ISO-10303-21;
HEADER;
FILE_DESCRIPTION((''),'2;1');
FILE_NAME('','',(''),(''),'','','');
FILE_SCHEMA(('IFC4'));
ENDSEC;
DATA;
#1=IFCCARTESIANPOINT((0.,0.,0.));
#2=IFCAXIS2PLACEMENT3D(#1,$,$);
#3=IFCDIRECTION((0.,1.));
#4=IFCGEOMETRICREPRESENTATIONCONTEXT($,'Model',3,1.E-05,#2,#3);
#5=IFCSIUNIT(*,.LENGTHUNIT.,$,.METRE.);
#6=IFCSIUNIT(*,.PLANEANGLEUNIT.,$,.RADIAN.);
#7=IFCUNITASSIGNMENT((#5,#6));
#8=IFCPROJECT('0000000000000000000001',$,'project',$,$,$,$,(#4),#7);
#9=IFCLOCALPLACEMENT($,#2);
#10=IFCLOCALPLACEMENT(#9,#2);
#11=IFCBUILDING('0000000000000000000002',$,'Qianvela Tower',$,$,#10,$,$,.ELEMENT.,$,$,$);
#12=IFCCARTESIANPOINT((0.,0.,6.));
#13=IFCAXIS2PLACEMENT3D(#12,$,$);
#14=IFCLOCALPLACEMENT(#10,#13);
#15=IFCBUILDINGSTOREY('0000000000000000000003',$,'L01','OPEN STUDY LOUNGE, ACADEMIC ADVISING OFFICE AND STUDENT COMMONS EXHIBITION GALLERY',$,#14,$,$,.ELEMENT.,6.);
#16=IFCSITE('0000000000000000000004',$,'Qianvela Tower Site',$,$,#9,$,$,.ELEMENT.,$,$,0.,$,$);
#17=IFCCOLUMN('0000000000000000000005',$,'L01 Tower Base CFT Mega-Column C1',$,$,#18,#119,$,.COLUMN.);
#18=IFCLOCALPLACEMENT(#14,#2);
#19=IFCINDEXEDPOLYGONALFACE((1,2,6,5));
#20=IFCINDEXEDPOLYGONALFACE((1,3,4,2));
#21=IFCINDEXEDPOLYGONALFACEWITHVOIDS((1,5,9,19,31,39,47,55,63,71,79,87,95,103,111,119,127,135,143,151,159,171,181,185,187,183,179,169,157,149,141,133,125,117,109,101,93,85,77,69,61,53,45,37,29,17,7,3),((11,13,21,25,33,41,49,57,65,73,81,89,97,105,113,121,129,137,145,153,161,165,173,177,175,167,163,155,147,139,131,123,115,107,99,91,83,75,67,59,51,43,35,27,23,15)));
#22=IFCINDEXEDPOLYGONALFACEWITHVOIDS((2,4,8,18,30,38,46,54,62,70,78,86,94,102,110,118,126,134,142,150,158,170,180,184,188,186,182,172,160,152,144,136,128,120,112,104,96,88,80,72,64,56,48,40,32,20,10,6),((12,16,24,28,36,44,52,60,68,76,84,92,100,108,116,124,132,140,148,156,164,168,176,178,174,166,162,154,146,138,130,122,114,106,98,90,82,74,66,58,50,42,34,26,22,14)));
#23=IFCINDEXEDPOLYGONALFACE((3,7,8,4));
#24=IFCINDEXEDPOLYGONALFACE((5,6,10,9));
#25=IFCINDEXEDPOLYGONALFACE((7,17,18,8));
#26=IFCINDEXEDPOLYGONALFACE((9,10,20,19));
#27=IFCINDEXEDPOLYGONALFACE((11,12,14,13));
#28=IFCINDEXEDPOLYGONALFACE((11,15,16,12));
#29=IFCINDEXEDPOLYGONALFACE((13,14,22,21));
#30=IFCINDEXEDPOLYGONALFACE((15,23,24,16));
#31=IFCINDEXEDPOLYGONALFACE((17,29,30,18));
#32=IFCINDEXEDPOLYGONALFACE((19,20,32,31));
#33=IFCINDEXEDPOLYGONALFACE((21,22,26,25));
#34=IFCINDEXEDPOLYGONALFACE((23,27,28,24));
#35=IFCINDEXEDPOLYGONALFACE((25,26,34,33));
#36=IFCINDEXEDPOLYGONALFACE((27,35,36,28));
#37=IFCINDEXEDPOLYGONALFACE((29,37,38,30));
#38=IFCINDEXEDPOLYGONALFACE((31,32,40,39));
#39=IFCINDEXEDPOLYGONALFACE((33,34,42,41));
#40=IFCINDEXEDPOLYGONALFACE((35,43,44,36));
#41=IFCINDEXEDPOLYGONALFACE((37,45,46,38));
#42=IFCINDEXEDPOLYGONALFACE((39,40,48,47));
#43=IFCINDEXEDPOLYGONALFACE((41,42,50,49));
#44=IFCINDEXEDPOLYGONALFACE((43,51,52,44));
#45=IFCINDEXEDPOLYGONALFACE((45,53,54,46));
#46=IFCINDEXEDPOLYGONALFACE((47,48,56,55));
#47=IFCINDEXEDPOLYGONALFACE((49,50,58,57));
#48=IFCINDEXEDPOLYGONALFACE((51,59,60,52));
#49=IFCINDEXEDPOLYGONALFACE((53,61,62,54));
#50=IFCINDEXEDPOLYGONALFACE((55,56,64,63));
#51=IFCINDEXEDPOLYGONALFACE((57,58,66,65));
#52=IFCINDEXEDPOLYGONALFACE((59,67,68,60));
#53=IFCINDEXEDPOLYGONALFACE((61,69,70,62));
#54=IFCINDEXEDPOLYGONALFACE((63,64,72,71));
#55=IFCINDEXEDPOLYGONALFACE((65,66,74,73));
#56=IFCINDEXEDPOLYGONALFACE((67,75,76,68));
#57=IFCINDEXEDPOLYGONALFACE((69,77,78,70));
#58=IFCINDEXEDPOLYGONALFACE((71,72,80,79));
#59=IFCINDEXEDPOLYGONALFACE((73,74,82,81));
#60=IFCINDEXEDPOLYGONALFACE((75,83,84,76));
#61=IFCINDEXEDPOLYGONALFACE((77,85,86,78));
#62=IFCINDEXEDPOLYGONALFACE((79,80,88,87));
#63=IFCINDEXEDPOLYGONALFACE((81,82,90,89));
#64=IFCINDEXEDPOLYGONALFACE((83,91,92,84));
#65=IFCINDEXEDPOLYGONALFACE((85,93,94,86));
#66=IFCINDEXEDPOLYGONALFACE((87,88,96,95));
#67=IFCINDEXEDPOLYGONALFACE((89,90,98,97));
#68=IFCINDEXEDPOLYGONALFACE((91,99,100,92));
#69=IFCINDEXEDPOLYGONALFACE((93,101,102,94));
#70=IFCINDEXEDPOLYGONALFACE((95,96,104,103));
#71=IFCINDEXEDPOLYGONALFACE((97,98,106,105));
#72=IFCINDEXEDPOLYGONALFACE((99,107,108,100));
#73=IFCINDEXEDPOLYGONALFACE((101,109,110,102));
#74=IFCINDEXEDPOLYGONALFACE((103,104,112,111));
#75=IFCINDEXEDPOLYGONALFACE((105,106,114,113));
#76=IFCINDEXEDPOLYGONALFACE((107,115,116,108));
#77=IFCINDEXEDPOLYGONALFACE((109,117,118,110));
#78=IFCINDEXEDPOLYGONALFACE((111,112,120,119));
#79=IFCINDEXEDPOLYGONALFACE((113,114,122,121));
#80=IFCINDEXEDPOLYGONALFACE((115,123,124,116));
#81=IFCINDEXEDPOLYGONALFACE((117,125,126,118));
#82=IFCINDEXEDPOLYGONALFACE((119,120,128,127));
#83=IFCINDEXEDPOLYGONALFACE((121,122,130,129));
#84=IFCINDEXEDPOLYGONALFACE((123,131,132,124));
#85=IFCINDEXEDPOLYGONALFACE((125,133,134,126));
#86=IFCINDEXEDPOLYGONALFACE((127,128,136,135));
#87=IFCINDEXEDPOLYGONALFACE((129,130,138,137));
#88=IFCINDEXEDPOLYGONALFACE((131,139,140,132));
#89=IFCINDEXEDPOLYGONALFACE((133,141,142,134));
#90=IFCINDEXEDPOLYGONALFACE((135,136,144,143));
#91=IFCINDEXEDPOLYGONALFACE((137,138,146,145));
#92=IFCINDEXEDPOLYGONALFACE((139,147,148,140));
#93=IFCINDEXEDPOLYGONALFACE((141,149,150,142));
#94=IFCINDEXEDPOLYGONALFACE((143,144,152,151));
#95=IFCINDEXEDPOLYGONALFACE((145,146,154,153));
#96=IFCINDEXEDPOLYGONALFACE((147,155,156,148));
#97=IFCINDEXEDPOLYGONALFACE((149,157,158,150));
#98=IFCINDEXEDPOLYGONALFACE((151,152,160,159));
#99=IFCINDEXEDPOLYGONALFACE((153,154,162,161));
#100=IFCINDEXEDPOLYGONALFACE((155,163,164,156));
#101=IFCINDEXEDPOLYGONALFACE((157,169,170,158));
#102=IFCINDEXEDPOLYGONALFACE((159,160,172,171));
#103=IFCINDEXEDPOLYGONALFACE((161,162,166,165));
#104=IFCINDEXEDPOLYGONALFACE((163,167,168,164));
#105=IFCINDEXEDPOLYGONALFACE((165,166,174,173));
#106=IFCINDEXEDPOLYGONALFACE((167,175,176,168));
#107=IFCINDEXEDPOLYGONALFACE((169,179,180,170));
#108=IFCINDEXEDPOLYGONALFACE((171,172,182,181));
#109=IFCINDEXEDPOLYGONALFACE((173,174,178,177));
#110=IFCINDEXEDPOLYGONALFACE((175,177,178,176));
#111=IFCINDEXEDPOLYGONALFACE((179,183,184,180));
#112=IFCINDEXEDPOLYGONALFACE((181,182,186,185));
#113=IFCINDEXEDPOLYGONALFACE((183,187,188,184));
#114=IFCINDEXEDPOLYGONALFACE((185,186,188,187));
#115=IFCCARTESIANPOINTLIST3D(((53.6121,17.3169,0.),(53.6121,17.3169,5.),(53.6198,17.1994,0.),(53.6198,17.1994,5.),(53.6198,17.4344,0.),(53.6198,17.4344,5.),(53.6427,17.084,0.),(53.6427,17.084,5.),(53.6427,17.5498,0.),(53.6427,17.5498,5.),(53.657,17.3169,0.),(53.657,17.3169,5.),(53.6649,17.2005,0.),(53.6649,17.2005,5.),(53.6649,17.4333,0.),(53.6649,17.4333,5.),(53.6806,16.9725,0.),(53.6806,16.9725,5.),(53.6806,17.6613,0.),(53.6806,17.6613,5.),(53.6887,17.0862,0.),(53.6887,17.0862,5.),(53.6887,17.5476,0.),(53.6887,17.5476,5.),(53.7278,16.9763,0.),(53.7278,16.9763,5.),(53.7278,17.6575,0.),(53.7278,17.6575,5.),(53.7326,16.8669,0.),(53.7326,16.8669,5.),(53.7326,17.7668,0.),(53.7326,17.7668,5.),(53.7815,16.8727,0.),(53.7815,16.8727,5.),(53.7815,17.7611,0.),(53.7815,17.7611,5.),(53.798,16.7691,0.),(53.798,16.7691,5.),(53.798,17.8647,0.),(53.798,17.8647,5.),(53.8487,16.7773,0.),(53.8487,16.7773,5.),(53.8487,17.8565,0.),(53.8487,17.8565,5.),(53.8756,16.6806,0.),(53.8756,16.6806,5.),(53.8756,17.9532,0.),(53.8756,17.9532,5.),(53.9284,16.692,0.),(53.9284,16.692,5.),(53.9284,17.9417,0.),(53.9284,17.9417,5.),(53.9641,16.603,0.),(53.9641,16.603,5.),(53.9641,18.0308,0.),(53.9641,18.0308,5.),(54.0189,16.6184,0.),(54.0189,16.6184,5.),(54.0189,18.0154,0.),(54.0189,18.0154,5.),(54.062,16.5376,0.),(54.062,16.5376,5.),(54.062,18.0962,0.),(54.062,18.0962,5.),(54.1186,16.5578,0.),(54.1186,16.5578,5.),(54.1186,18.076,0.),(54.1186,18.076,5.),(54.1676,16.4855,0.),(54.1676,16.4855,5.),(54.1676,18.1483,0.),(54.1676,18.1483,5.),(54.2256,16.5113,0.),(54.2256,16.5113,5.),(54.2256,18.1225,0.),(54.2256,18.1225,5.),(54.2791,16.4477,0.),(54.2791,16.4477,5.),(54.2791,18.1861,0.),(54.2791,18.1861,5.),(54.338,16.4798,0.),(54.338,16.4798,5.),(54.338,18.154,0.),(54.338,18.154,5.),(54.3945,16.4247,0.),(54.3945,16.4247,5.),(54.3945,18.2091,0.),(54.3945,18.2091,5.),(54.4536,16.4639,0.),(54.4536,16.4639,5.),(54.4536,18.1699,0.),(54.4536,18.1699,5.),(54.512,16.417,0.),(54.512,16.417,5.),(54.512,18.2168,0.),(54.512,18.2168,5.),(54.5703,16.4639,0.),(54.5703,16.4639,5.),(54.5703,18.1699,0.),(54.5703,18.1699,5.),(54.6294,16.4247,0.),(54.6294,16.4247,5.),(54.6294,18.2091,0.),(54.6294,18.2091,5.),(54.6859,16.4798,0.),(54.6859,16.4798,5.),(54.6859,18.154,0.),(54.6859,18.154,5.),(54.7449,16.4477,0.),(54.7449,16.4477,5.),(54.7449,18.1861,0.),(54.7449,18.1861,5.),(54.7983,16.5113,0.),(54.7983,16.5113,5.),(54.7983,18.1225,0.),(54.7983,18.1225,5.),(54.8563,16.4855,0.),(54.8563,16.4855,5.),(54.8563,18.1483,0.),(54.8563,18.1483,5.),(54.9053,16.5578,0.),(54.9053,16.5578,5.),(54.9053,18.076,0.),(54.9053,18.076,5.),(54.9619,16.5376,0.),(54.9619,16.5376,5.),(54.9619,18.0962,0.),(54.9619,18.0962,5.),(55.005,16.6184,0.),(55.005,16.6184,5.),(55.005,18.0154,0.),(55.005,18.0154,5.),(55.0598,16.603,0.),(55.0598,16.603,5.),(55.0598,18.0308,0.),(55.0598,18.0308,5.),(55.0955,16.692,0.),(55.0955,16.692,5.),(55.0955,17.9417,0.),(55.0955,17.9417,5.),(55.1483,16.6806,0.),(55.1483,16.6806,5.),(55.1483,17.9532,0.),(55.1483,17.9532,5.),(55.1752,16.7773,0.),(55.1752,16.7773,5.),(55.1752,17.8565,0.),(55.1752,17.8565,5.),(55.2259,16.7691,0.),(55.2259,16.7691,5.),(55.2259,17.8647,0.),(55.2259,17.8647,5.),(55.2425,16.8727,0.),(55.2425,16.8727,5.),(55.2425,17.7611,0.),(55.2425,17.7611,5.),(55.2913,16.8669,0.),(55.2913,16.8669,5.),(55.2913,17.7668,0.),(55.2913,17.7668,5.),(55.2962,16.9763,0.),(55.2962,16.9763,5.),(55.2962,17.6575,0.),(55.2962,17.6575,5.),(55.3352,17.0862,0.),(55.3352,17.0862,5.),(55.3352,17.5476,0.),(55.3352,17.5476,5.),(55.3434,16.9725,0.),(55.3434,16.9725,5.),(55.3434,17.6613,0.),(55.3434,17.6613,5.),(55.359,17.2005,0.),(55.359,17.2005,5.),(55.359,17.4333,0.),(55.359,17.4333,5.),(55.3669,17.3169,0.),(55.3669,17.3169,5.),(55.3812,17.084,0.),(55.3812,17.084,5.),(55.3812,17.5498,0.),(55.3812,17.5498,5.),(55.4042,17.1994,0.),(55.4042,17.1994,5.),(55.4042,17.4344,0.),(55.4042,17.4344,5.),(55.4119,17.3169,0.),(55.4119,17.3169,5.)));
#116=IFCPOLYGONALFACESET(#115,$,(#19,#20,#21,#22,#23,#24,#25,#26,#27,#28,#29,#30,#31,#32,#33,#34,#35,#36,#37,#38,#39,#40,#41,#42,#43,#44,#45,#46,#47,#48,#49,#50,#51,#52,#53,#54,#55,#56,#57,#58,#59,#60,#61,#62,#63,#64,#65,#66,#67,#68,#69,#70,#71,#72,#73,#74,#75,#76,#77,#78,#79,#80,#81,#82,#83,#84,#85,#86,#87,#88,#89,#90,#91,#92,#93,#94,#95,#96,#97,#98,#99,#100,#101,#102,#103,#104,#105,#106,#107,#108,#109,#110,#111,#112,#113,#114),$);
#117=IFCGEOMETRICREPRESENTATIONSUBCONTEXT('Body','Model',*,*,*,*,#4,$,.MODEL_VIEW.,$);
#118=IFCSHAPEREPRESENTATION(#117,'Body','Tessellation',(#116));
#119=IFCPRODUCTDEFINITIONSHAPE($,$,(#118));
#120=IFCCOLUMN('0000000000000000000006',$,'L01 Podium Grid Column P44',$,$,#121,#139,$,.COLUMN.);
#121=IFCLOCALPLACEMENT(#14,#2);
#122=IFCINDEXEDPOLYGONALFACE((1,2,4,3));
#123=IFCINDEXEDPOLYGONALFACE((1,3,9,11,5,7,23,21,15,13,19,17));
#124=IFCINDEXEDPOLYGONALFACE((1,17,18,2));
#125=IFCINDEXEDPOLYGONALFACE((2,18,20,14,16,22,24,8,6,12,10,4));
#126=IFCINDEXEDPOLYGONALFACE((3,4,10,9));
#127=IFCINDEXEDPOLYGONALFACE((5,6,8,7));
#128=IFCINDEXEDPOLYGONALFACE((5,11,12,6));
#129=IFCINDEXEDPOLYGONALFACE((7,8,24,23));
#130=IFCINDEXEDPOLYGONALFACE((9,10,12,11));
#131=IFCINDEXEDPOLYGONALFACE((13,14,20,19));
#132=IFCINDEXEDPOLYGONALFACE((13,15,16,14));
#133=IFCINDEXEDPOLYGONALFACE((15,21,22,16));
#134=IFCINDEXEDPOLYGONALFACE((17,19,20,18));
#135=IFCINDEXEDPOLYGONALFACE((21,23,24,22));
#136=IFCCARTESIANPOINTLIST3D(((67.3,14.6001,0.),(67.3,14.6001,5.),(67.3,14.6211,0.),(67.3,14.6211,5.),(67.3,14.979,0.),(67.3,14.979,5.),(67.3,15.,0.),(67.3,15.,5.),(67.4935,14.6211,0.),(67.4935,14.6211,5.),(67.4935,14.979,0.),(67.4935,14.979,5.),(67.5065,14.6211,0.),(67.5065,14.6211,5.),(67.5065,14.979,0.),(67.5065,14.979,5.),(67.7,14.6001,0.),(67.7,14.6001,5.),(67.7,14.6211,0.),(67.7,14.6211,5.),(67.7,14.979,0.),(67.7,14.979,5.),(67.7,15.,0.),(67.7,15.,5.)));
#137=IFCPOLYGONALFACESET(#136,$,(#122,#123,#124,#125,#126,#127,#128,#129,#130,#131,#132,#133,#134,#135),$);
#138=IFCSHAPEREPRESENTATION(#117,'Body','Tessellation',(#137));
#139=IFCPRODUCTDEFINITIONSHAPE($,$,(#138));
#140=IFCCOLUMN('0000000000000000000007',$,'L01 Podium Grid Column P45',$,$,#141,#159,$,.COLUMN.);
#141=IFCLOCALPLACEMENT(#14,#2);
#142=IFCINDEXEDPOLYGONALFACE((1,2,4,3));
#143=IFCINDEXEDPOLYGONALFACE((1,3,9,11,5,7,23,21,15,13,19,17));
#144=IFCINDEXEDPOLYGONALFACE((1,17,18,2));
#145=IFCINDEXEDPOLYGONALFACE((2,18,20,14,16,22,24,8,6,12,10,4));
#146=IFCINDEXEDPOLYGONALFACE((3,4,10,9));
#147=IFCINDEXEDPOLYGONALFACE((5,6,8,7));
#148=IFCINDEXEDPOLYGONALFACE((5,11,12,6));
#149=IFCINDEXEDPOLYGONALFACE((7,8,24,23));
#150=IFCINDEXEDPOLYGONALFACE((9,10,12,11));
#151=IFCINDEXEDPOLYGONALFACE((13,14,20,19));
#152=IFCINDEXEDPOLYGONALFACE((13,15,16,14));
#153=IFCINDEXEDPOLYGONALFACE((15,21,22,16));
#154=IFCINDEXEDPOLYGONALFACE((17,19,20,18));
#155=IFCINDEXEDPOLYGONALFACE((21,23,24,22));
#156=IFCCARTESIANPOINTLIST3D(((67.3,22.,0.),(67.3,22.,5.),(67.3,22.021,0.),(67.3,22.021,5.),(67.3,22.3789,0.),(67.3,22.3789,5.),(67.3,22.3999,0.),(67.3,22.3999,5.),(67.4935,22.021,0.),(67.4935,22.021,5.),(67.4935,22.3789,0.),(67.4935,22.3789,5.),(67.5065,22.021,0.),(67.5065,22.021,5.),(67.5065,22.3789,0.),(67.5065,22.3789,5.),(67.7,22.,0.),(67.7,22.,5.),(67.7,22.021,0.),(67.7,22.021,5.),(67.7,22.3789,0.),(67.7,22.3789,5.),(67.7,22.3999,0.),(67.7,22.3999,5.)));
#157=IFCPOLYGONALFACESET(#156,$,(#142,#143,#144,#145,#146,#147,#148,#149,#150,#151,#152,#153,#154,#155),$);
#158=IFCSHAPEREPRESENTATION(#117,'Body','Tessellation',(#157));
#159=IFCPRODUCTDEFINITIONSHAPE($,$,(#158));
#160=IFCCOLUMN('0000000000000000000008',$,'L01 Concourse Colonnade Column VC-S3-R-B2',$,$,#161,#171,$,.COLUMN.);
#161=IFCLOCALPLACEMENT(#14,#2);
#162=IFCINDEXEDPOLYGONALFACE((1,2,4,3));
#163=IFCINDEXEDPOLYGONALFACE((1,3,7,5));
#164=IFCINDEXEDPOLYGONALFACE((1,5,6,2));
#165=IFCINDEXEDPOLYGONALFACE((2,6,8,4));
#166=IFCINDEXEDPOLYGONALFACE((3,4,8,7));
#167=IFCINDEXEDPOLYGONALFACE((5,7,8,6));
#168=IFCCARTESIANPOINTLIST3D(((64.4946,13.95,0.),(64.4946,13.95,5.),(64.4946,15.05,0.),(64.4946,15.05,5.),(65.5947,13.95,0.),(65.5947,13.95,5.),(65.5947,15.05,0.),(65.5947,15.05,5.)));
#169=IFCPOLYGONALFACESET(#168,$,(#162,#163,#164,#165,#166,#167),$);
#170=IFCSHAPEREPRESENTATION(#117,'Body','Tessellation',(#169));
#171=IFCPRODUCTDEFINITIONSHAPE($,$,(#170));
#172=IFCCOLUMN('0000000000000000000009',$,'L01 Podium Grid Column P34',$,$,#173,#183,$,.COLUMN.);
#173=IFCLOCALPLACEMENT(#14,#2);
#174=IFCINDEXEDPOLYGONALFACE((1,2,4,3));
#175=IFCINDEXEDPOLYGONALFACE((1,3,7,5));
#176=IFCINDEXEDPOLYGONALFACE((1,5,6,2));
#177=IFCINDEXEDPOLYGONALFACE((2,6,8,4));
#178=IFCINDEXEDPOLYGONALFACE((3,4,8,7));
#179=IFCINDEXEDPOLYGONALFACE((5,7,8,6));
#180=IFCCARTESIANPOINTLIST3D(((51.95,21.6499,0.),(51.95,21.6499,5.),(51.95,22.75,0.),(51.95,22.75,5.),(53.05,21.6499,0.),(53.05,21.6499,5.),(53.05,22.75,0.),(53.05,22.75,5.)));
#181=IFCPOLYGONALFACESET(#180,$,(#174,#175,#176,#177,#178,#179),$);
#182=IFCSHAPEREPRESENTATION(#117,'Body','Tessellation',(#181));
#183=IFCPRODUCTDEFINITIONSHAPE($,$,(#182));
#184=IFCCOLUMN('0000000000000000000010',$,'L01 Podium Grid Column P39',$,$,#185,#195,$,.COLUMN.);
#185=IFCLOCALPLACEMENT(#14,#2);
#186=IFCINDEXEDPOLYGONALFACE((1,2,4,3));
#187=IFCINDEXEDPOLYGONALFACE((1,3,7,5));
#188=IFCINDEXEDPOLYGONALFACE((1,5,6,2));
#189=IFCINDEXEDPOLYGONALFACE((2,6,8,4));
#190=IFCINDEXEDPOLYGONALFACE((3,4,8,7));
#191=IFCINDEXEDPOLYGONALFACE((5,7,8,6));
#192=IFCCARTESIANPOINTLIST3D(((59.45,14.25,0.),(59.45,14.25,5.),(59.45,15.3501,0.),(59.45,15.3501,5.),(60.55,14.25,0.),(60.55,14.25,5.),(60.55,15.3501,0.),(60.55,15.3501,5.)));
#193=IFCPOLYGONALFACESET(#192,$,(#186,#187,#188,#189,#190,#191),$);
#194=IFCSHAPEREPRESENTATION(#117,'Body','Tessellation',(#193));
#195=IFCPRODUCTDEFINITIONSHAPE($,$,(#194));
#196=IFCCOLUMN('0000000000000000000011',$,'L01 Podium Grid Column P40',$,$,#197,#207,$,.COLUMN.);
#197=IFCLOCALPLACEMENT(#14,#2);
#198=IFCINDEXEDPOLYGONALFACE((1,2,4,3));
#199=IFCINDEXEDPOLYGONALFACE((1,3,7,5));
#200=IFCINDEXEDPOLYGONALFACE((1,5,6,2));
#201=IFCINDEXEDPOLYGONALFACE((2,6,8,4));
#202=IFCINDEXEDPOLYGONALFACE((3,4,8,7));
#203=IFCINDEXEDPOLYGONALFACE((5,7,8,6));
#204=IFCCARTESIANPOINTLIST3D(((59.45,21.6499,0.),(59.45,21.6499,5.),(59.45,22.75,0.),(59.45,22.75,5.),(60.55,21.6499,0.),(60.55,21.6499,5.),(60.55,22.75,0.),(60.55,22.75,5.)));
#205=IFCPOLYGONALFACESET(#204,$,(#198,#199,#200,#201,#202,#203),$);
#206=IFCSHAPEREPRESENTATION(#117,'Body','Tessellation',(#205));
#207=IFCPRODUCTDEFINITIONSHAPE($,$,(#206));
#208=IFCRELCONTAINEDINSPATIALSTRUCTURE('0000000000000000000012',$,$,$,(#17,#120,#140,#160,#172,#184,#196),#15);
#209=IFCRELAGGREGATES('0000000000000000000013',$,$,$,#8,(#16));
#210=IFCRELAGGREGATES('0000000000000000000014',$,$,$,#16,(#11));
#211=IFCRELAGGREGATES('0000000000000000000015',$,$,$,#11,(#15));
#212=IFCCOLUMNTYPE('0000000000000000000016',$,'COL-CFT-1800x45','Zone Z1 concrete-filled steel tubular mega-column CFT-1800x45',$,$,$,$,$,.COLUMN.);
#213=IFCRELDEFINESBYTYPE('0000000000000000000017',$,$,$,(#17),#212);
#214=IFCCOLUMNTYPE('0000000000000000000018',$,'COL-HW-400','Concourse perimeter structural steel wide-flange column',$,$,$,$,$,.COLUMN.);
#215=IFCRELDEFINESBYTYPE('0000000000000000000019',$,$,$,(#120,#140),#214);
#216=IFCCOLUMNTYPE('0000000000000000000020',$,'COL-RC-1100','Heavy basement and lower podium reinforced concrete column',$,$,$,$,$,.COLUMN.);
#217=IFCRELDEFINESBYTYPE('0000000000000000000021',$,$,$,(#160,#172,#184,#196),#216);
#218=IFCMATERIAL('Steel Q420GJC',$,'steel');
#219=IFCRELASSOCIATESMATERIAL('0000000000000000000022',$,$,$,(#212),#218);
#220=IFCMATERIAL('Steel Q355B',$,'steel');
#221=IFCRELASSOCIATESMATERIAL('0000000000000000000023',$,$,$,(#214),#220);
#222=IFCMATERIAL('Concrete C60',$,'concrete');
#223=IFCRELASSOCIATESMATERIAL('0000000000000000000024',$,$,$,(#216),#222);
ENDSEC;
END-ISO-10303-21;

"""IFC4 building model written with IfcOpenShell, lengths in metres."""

from ifc_helpers import new_model, si_unit, direction, frame, origin, origin_2d, place, context, subcontext, project, spatial, rectangle, hollow_circle, i_section, extrude, material, material_profile, profile_set, type_object, element, save


model = new_model("IFC4")

# Units and contexts
model_context = context("Model", 3, precision=1e-05, world=origin(), true_north=direction((0.0, 1.0)))
body_context = subcontext(model_context, "Body", "Model", "MODEL_VIEW")
ifc_project = project(units=[si_unit("LENGTHUNIT", "METRE"), si_unit("PLANEANGLEUNIT", "RADIAN")], contexts=[model_context])

# Site, building, storey
site_placement = place(None, origin())
site = spatial("IfcSite", under=ifc_project, at=site_placement, Name="Qianvela Tower Site", CompositionType="ELEMENT", RefElevation=0.0)
building_placement = place(site_placement, origin())
building = spatial("IfcBuilding", under=site, at=building_placement, Name="Qianvela Tower", CompositionType="ELEMENT")
storey_placement = place(building_placement, frame((0.0, 0.0, 6.0)))
storey = spatial("IfcBuildingStorey", under=building, at=storey_placement, Name="L01", Description="OPEN STUDY LOUNGE, ACADEMIC ADVISING OFFICE AND STUDENT COMMONS EXHIBITION GALLERY", CompositionType="ELEMENT", Elevation=6.0)

# Columns
ifc_material_1 = material(Name="Steel Q420GJC", Category="steel")
ifc_material_profile_1 = material_profile(ifc_material_1, hollow_circle(Radius=0.8999, WallThickness=0.0449, at=origin_2d()), Name="CFT-1800x45")
ifc_profile_set_1 = profile_set([ifc_material_profile_1], Name="Steel Q420GJC")
column_type_1 = type_object("IfcColumnType", Name="COL-CFT-1800x45", Description="Zone Z1 concrete-filled steel tubular mega-column CFT-1800x45", PredefinedType="COLUMN", material=ifc_profile_set_1)
column_placement = place(storey_placement, frame((54.512, 17.3169, 0.0), z_axis=(0.0, 0.0, 1.0), x_axis=(1.0, 0.0, 0.0)))
element("IfcColumn", 1, at=column_placement, inside=storey, type_object=column_type_1, Name="L01 Tower Base CFT Mega-Column C1", PredefinedType="COLUMN", context=body_context, shape_type="SweptSolid", body=[
    extrude(hollow_circle(Radius=0.8999, WallThickness=0.0449, at=origin_2d()), origin(), (0.0, 0.0, 1.0), 5.0),
])
ifc_material_2 = material(Name="Steel Q355B", Category="steel")
ifc_material_profile_2 = material_profile(ifc_material_2, i_section(OverallWidth=0.3999, OverallDepth=0.3999, WebThickness=0.0129, FlangeThickness=0.021, at=origin_2d()), Name="HW400x400x13x21")
ifc_profile_set_2 = profile_set([ifc_material_profile_2], Name="Steel Q355B")
column_type_2 = type_object("IfcColumnType", Name="COL-HW-400", Description="Concourse perimeter structural steel wide-flange column", PredefinedType="COLUMN", material=ifc_profile_set_2)
for number, where, z_axis, x_axis, name in (
    (2, (67.5, 14.8, 0.0), (0.0, 0.0, 1.0), (1.0, 0.0, 0.0), "L01 Podium Grid Column P44"),
    (3, (67.5, 22.2, 0.0), (0.0, 0.0, 1.0), (1.0, 0.0, 0.0), "L01 Podium Grid Column P45"),
):
    element("IfcColumn", number, at=place(storey_placement, frame(where, z_axis=z_axis, x_axis=x_axis)), inside=storey, type_object=column_type_2, Name=name, PredefinedType="COLUMN", context=body_context, shape_type="SweptSolid", body=[
        extrude(i_section(OverallWidth=0.3999, OverallDepth=0.3999, WebThickness=0.0129, FlangeThickness=0.021, at=origin_2d()), origin(), (0.0, 0.0, 1.0), 5.0),
    ])
ifc_material_3 = material(Name="Concrete C60", Category="concrete")
ifc_material_profile_3 = material_profile(ifc_material_3, rectangle(XDim=1.1001, YDim=1.1001, at=origin_2d()), Name="RC-COL-1100x1100")
ifc_profile_set_3 = profile_set([ifc_material_profile_3], Name="Concrete C60")
column_type_3 = type_object("IfcColumnType", Name="COL-RC-1100", Description="Heavy basement and lower podium reinforced concrete column", PredefinedType="COLUMN", material=ifc_profile_set_3)
for number, where, z_axis, x_axis, name in (
    (4, (65.0447, 14.5, 0.0), (0.0, 0.0, 1.0), (1.0, 0.0, 0.0), "L01 Concourse Colonnade Column VC-S3-R-B2"),
    (5, (52.5, 22.2, 0.0), (0.0, 0.0, 1.0), (1.0, 0.0, 0.0), "L01 Podium Grid Column P34"),
    (6, (60.0, 14.8, 0.0), (0.0, 0.0, 1.0), (1.0, 0.0, 0.0), "L01 Podium Grid Column P39"),
    (7, (60.0, 22.2, 0.0), (0.0, 0.0, 1.0), (1.0, 0.0, 0.0), "L01 Podium Grid Column P40"),
):
    element("IfcColumn", number, at=place(storey_placement, frame(where, z_axis=z_axis, x_axis=x_axis)), inside=storey, type_object=column_type_3, Name=name, PredefinedType="COLUMN", context=body_context, shape_type="SweptSolid", body=[
        extrude(rectangle(XDim=1.1001, YDim=1.1001, at=origin_2d()), origin(), (0.0, 0.0, 1.0), 5.0),
    ])

save(model, "model.ifc")
